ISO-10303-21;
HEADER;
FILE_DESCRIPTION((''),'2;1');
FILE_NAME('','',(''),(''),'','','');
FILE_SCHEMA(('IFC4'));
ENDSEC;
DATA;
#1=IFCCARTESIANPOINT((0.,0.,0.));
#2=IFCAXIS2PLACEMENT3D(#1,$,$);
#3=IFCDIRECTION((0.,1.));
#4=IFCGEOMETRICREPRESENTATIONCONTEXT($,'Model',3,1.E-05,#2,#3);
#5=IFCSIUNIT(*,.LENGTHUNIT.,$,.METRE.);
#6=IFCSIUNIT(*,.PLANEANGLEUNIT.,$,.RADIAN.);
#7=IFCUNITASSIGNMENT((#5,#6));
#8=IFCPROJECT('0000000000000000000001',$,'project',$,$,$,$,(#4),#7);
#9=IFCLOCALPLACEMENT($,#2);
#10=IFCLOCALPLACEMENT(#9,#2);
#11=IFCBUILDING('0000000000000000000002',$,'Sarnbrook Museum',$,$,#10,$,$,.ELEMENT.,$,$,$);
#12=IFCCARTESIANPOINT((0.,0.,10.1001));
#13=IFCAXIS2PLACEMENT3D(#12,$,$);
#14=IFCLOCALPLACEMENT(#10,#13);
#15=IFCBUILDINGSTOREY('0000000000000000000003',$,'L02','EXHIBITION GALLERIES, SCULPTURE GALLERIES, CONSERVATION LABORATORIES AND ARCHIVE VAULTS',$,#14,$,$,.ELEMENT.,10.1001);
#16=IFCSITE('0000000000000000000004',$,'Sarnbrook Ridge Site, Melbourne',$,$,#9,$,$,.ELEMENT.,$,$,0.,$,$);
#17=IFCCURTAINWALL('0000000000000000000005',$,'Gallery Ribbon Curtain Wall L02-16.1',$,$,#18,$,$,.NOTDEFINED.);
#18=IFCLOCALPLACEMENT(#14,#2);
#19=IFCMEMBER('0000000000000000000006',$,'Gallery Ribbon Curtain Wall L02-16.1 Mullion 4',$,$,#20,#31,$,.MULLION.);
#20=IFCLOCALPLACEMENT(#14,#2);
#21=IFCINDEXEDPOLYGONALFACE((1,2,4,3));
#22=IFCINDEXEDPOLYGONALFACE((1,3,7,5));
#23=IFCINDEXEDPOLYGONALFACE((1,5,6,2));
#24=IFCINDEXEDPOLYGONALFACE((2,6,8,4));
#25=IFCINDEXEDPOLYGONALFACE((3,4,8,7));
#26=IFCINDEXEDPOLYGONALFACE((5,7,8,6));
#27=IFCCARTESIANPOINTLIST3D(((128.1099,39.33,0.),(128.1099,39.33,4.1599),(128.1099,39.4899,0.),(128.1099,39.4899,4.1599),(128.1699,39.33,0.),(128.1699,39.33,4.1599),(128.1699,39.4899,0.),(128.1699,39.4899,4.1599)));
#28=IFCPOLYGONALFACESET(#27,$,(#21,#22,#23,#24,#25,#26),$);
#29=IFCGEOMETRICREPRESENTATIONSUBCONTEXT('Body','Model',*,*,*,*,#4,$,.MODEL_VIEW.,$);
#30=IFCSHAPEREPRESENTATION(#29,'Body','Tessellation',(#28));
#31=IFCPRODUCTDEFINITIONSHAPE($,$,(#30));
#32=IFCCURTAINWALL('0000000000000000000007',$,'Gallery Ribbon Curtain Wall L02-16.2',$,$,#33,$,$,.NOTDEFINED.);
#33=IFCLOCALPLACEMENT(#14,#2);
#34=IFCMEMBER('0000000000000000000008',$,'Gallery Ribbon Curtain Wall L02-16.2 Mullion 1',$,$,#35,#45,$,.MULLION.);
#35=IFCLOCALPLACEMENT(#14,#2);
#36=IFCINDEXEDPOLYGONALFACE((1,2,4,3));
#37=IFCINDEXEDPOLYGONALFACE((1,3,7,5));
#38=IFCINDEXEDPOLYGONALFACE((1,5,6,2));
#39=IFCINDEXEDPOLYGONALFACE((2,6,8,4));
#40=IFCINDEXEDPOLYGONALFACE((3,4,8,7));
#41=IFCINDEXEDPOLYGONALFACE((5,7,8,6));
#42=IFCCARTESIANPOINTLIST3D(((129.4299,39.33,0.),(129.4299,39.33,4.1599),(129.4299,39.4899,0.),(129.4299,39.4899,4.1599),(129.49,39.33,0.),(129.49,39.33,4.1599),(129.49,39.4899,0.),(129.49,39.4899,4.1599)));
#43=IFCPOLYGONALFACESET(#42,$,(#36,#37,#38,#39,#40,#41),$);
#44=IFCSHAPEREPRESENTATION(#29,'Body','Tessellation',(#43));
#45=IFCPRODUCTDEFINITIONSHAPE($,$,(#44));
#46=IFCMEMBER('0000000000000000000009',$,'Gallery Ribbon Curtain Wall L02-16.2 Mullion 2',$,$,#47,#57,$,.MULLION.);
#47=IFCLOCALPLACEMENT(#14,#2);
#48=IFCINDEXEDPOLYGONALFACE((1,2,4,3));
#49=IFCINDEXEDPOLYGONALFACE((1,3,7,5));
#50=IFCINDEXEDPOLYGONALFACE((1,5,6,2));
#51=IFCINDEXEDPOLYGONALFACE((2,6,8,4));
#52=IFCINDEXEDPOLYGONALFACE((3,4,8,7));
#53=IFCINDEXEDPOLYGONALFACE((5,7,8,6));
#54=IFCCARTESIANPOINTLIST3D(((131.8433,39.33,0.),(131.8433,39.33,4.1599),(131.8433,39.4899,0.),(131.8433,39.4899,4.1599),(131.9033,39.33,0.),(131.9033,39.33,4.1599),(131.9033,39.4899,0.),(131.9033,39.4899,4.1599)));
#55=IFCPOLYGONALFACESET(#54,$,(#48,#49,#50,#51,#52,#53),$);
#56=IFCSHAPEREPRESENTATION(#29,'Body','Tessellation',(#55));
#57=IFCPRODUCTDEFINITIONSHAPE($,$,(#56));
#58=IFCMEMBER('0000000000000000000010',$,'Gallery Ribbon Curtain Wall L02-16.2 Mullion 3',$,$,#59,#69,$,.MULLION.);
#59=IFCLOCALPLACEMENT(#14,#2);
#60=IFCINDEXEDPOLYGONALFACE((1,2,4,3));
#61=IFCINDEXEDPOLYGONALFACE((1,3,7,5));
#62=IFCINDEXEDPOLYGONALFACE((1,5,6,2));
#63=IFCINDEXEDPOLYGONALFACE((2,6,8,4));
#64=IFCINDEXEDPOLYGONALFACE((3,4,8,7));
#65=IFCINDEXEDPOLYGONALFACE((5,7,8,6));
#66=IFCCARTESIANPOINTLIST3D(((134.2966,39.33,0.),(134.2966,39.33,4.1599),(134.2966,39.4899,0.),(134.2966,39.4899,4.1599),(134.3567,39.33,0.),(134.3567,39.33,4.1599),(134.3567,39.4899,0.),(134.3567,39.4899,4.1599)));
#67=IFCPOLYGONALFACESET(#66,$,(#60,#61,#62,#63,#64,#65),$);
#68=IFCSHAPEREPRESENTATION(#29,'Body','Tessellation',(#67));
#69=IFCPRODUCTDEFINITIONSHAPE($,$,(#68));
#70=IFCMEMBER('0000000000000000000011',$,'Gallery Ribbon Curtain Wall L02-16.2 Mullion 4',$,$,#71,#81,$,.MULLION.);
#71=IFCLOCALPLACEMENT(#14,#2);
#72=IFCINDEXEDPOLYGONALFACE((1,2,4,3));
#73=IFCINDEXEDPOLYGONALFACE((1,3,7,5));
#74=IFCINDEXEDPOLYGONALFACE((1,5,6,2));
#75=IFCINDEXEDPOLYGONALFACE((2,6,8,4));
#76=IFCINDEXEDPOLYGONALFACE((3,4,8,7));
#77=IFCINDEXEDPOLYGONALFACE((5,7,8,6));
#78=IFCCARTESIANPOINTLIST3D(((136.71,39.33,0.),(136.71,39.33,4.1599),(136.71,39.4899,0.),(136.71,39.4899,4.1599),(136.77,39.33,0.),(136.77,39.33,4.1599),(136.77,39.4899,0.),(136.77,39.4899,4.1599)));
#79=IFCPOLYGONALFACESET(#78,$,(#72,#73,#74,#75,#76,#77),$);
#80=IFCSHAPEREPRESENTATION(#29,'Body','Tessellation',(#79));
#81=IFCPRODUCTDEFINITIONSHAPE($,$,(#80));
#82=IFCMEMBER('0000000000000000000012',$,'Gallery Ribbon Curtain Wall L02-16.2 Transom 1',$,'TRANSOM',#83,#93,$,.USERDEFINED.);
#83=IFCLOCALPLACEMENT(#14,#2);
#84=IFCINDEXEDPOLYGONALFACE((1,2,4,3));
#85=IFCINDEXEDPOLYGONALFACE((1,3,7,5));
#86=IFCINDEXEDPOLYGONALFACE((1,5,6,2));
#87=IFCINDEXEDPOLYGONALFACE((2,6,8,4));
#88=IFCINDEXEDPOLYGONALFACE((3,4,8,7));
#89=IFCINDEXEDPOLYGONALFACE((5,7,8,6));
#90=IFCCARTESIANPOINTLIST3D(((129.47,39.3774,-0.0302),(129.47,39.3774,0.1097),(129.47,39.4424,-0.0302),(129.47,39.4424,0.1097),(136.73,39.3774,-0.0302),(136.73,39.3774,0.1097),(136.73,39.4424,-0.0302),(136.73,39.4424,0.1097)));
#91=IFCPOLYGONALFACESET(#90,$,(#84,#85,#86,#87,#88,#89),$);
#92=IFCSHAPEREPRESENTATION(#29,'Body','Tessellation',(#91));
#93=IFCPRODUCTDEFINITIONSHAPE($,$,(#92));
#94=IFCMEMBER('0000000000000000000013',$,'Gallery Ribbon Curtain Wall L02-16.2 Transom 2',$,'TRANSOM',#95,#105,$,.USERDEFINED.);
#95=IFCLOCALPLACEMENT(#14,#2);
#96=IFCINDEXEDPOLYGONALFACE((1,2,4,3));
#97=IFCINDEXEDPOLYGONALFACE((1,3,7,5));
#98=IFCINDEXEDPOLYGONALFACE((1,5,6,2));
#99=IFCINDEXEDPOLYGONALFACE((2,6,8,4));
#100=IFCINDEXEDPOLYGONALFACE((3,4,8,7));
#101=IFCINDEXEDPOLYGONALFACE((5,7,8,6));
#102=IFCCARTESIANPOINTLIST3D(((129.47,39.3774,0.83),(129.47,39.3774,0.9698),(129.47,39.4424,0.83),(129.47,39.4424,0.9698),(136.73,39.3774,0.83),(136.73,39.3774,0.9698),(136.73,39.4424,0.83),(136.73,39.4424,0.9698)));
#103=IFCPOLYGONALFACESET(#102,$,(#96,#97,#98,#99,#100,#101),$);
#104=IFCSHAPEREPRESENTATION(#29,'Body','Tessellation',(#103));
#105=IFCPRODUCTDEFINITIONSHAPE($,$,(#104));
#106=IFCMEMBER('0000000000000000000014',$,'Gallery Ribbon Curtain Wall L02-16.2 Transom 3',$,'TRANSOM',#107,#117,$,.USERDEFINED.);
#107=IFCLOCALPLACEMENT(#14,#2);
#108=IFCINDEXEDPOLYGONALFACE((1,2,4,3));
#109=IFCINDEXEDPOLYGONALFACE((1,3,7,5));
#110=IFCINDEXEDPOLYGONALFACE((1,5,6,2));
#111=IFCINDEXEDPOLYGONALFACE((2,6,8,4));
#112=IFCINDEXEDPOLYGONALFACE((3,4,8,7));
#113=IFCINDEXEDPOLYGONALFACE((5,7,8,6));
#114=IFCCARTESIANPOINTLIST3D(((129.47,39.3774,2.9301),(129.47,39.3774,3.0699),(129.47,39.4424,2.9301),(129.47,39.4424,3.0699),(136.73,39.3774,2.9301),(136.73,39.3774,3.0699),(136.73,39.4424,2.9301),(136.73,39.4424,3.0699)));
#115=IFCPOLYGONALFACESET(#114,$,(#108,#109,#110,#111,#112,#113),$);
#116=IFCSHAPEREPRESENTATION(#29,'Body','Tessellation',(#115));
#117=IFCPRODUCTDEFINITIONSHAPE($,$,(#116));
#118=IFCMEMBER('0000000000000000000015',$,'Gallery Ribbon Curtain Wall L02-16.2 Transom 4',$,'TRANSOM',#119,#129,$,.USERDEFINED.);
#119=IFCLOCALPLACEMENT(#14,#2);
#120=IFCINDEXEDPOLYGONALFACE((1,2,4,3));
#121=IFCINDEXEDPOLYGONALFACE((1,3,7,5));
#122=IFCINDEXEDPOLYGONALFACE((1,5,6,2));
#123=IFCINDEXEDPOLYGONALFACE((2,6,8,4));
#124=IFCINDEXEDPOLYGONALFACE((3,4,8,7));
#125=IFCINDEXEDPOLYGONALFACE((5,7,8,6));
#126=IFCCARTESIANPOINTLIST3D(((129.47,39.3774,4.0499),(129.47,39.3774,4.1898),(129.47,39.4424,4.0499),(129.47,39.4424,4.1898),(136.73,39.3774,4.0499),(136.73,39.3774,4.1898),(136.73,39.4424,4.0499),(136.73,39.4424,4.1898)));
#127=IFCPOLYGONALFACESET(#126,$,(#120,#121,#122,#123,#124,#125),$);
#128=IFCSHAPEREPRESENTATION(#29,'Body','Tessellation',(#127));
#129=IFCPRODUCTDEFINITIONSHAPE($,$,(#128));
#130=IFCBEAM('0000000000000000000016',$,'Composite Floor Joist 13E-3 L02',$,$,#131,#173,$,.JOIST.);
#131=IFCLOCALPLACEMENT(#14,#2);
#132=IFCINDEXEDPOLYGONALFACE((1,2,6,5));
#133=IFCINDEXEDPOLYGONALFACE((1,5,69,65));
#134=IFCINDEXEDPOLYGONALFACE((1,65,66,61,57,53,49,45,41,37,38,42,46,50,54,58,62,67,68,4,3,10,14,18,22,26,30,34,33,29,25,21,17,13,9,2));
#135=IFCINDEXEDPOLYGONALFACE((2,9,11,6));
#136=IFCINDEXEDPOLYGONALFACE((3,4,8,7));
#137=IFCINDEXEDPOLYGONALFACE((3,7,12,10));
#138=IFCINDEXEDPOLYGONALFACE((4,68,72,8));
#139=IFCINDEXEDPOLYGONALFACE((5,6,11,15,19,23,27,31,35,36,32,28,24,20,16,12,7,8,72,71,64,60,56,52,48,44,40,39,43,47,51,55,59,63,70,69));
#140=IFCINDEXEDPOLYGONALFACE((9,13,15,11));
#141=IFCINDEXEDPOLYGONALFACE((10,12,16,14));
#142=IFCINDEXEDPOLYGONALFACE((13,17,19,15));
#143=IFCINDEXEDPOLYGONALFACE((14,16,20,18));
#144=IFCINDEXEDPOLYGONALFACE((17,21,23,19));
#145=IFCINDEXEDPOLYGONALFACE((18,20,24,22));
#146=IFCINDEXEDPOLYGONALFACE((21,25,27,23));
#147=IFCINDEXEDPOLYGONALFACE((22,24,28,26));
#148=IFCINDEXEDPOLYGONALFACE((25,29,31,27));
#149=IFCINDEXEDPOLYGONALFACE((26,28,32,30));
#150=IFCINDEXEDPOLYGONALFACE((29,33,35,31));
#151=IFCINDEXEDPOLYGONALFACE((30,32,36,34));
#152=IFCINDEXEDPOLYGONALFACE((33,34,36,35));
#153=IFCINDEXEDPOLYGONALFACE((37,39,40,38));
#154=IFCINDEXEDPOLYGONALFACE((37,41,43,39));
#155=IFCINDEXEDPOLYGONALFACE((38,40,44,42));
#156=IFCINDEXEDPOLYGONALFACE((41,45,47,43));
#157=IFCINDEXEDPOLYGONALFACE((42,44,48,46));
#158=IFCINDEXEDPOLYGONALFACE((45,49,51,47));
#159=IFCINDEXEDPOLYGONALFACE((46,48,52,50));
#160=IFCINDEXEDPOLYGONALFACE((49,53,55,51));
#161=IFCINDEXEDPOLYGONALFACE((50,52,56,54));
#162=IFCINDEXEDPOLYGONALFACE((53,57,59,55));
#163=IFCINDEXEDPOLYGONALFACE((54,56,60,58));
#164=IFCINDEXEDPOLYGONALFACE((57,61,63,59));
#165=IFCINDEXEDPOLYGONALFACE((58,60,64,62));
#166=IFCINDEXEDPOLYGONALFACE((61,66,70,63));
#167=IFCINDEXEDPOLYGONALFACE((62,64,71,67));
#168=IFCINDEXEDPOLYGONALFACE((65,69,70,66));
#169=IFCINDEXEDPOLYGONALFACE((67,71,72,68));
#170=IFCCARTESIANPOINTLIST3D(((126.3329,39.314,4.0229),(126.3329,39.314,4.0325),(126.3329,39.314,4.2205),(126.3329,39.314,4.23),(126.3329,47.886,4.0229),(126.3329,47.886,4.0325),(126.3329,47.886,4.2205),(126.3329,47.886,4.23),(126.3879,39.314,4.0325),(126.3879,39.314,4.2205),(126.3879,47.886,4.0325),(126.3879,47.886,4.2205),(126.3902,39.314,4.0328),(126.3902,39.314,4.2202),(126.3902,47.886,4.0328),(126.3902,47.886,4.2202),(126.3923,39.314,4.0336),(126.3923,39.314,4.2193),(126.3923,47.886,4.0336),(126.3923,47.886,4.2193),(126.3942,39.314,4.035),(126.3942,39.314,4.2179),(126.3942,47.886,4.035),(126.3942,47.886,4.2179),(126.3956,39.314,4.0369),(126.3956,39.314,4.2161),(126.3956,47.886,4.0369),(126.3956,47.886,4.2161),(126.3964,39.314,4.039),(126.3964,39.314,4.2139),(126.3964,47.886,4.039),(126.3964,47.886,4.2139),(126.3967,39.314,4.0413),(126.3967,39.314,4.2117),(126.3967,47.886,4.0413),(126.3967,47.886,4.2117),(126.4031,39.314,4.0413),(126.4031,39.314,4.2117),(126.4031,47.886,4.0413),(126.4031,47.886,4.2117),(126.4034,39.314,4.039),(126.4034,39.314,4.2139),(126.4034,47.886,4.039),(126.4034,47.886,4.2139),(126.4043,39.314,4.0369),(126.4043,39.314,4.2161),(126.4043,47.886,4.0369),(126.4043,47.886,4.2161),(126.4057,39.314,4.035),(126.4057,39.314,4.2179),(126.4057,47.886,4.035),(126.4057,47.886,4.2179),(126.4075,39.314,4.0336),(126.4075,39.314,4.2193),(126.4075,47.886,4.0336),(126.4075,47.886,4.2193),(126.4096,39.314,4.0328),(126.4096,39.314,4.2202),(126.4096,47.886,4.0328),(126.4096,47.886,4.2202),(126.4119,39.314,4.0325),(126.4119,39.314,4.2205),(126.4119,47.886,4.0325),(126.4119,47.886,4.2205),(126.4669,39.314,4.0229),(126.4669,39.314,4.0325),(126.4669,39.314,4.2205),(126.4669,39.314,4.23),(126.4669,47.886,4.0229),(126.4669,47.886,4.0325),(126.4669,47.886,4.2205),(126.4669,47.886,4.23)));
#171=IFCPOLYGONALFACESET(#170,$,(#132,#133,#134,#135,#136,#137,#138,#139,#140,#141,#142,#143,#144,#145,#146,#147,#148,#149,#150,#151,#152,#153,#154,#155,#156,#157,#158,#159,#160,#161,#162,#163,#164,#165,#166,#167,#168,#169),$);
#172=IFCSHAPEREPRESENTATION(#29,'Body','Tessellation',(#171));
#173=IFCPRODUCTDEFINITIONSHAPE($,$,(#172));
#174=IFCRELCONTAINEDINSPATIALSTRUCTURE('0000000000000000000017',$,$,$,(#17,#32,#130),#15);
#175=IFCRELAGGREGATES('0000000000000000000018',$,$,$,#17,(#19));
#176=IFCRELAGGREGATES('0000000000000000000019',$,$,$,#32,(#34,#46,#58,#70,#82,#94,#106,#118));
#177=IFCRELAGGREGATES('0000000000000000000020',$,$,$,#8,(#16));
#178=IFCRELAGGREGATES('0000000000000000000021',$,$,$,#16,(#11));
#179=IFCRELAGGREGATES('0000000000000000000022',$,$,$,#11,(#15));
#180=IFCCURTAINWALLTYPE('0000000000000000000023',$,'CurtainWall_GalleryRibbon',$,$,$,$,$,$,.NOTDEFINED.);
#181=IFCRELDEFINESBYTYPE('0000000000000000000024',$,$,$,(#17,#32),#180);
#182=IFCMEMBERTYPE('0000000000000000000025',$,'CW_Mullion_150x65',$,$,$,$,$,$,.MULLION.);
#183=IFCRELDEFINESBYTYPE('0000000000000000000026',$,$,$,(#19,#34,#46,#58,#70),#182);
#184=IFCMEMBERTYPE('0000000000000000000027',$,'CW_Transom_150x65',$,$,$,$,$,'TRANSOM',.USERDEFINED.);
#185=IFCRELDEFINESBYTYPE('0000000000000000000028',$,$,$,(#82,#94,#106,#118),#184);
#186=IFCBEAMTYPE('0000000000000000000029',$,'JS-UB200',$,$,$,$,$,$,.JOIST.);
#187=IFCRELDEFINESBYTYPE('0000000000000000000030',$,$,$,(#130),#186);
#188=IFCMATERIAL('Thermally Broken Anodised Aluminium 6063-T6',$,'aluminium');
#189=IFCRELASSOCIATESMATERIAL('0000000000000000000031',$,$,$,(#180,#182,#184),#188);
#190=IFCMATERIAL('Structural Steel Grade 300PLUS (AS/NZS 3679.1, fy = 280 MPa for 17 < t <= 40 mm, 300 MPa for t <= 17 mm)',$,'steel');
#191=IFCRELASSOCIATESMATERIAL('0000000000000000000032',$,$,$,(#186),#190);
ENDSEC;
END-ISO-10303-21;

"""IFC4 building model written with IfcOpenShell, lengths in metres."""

from ifc_helpers import new_model, si_unit, direction, frame, origin, origin_2d, place, context, subcontext, project, spatial, rectangle, i_section, extrude, material, material_profile, profile_set, type_object, element, aggregate, save


model = new_model("IFC4")

# Units and contexts
model_context = context("Model", 3, precision=1e-05, world=origin(), true_north=direction((0.0, 1.0)))
body_context = subcontext(model_context, "Body", "Model", "MODEL_VIEW")
ifc_project = project(units=[si_unit("LENGTHUNIT", "METRE"), si_unit("PLANEANGLEUNIT", "RADIAN")], contexts=[model_context])

# Site, building, storey
site_placement = place(None, origin())
site = spatial("IfcSite", under=ifc_project, at=site_placement, Name="Sarnbrook Ridge Site, Melbourne", CompositionType="ELEMENT", RefElevation=0.0)
building_placement = place(site_placement, origin())
building = spatial("IfcBuilding", under=site, at=building_placement, Name="Sarnbrook Museum", CompositionType="ELEMENT")
storey_placement = place(building_placement, frame((0.0, 0.0, 10.1001)))
storey = spatial("IfcBuildingStorey", under=building, at=storey_placement, Name="L02", Description="EXHIBITION GALLERIES, SCULPTURE GALLERIES, CONSERVATION LABORATORIES AND ARCHIVE VAULTS", CompositionType="ELEMENT", Elevation=10.1001)

# Shared definitions
ifc_material_1 = material(Name="Structural Steel Grade 300PLUS (AS/NZS 3679.1, fy = 280 MPa for 17 < t <= 40 mm, 300 MPa for t <= 17 mm)", Category="steel")

# Curtain wall, member
ifc_material_2 = material(Name="Thermally Broken Anodised Aluminium 6063-T6", Category="aluminium")
curtain_wall_type = type_object("IfcCurtainWallType", Name="CurtainWall_GalleryRibbon", PredefinedType="NOTDEFINED", material=ifc_material_2)
curtain_wall_1_placement = place(storey_placement, origin())
curtain_wall_1 = element("IfcCurtainWall", 1, at=curtain_wall_1_placement, inside=storey, type_object=curtain_wall_type, Name="Gallery Ribbon Curtain Wall L02-16.1", PredefinedType="NOTDEFINED")
ifc_material_profile_1 = material_profile(ifc_material_2, rectangle(XDim=0.0601, YDim=0.1599, at=origin_2d()), Name="ALU MULLION 60x160")
ifc_profile_set_1 = profile_set([ifc_material_profile_1], Name="Thermally Broken Anodised Aluminium 6063-T6")
member_type_1 = type_object("IfcMemberType", Name="CW_Mullion_150x65", PredefinedType="MULLION", material=ifc_profile_set_1)
member_1_placement = place(storey_placement, frame((128.1399, 39.4099, 0.0), z_axis=(0.0, 0.0, 1.0), x_axis=(1.0, 0.0, 0.0)))
member_1 = element("IfcMember", 2, at=member_1_placement, type_object=member_type_1, Name="Gallery Ribbon Curtain Wall L02-16.1 Mullion 4", PredefinedType="MULLION", context=body_context, shape_type="SweptSolid", body=[
    extrude(rectangle(XDim=0.0601, YDim=0.1599, at=origin_2d()), origin(), (0.0, 0.0, 1.0), 4.1599),
])

# Curtain wall, members
curtain_wall_2_placement = place(storey_placement, origin())
curtain_wall_2 = element("IfcCurtainWall", 3, at=curtain_wall_2_placement, inside=storey, type_object=curtain_wall_type, Name="Gallery Ribbon Curtain Wall L02-16.2", PredefinedType="NOTDEFINED")
member_2_placement = place(storey_placement, frame((129.46, 39.4099, 0.0), z_axis=(0.0, 0.0, 1.0), x_axis=(1.0, 0.0, 0.0)))
member_2 = element("IfcMember", 4, at=member_2_placement, type_object=member_type_1, Name="Gallery Ribbon Curtain Wall L02-16.2 Mullion 1", PredefinedType="MULLION", context=body_context, shape_type="SweptSolid", body=[
    extrude(rectangle(XDim=0.0601, YDim=0.1599, at=origin_2d()), origin(), (0.0, 0.0, 1.0), 4.1599),
])
member_3_placement = place(storey_placement, frame((131.8733, 39.4099, 0.0), z_axis=(0.0, 0.0, 1.0), x_axis=(1.0, 0.0, 0.0)))
member_3 = element("IfcMember", 5, at=member_3_placement, type_object=member_type_1, Name="Gallery Ribbon Curtain Wall L02-16.2 Mullion 2", PredefinedType="MULLION", context=body_context, shape_type="SweptSolid", body=[
    extrude(rectangle(XDim=0.0601, YDim=0.1599, at=origin_2d()), origin(), (0.0, 0.0, 1.0), 4.1599),
])
member_4_placement = place(storey_placement, frame((134.3267, 39.4099, 0.0), z_axis=(0.0, 0.0, 1.0), x_axis=(1.0, 0.0, 0.0)))
member_4 = element("IfcMember", 6, at=member_4_placement, type_object=member_type_1, Name="Gallery Ribbon Curtain Wall L02-16.2 Mullion 3", PredefinedType="MULLION", context=body_context, shape_type="SweptSolid", body=[
    extrude(rectangle(XDim=0.0601, YDim=0.1599, at=origin_2d()), origin(), (0.0, 0.0, 1.0), 4.1599),
])
member_5_placement = place(storey_placement, frame((136.74, 39.4099, 0.0), z_axis=(0.0, 0.0, 1.0), x_axis=(1.0, 0.0, 0.0)))
member_5 = element("IfcMember", 7, at=member_5_placement, type_object=member_type_1, Name="Gallery Ribbon Curtain Wall L02-16.2 Mullion 4", PredefinedType="MULLION", context=body_context, shape_type="SweptSolid", body=[
    extrude(rectangle(XDim=0.0601, YDim=0.1599, at=origin_2d()), origin(), (0.0, 0.0, 1.0), 4.1599),
])
ifc_material_profile_2 = material_profile(ifc_material_2, rectangle(XDim=0.0649, YDim=0.1399, at=origin_2d()), Name="ALU TRANSOM 65x140")
ifc_profile_set_2 = profile_set([ifc_material_profile_2], Name="Thermally Broken Anodised Aluminium 6063-T6")
member_type_2 = type_object("IfcMemberType", Name="CW_Transom_150x65", ElementType="TRANSOM", PredefinedType="USERDEFINED", material=ifc_profile_set_2)
member_6_placement = place(storey_placement, frame((129.47, 39.4099, 0.0398), z_axis=(1.0, 0.0, 0.0), x_axis=(0.0, 1.0, 0.0)))
member_6 = element("IfcMember", 8, at=member_6_placement, type_object=member_type_2, Name="Gallery Ribbon Curtain Wall L02-16.2 Transom 1", ObjectType="TRANSOM", PredefinedType="USERDEFINED", context=body_context, shape_type="SweptSolid", body=[
    extrude(rectangle(XDim=0.0649, YDim=0.1399, at=origin_2d()), origin(), (0.0, 0.0, 1.0), 7.26),
])
member_7_placement = place(storey_placement, frame((129.47, 39.4099, 0.8999), z_axis=(1.0, 0.0, 0.0), x_axis=(0.0, 1.0, 0.0)))
member_7 = element("IfcMember", 9, at=member_7_placement, type_object=member_type_2, Name="Gallery Ribbon Curtain Wall L02-16.2 Transom 2", ObjectType="TRANSOM", PredefinedType="USERDEFINED", context=body_context, shape_type="SweptSolid", body=[
    extrude(rectangle(XDim=0.0649, YDim=0.1399, at=origin_2d()), origin(), (0.0, 0.0, 1.0), 7.26),
])
member_8_placement = place(storey_placement, frame((129.47, 39.4099, 3.0), z_axis=(1.0, 0.0, 0.0), x_axis=(0.0, 1.0, 0.0)))
member_8 = element("IfcMember", 10, at=member_8_placement, type_object=member_type_2, Name="Gallery Ribbon Curtain Wall L02-16.2 Transom 3", ObjectType="TRANSOM", PredefinedType="USERDEFINED", context=body_context, shape_type="SweptSolid", body=[
    extrude(rectangle(XDim=0.0649, YDim=0.1399, at=origin_2d()), origin(), (0.0, 0.0, 1.0), 7.26),
])
member_9_placement = place(storey_placement, frame((129.47, 39.4099, 4.1199), z_axis=(1.0, 0.0, 0.0), x_axis=(0.0, 1.0, 0.0)))
member_9 = element("IfcMember", 11, at=member_9_placement, type_object=member_type_2, Name="Gallery Ribbon Curtain Wall L02-16.2 Transom 4", ObjectType="TRANSOM", PredefinedType="USERDEFINED", context=body_context, shape_type="SweptSolid", body=[
    extrude(rectangle(XDim=0.0649, YDim=0.1399, at=origin_2d()), origin(), (0.0, 0.0, 1.0), 7.26),
])

# Beam
ifc_material_profile_3 = material_profile(ifc_material_1, i_section(OverallWidth=0.134, OverallDepth=0.207, WebThickness=0.0063, FlangeThickness=0.0095, FilletRadius=0.0088, at=origin_2d()), Name="200UB29.8")
ifc_profile_set_3 = profile_set([ifc_material_profile_3], Name="Structural Steel Grade 300PLUS (AS/NZS 3679.1, fy = 280 MPa for 17 < t <= 40 mm, 300 MPa for t <= 17 mm)")
beam_type_1 = type_object("IfcBeamType", Name="JS-UB200", PredefinedType="JOIST", material=ifc_profile_set_3)
beam_1_placement = place(storey_placement, frame((126.3999, 39.314, 4.1265), z_axis=(0.0, 1.0, 0.0), x_axis=(-1.0, 0.0, 0.0)))
element("IfcBeam", 12, at=beam_1_placement, inside=storey, type_object=beam_type_1, Name="Composite Floor Joist 13E-3 L02", PredefinedType="JOIST", context=body_context, shape_type="SweptSolid", body=[
    extrude(i_section(OverallWidth=0.134, OverallDepth=0.207, WebThickness=0.0063, FlangeThickness=0.0095, FilletRadius=0.0088, at=origin_2d()), origin(), (0.0, 0.0, 1.0), 8.572),
])

aggregate(curtain_wall_1, [member_1])
aggregate(curtain_wall_2, [member_2, member_3, member_4, member_5, member_6, member_7, member_8, member_9])

save(model, "model.ifc")
